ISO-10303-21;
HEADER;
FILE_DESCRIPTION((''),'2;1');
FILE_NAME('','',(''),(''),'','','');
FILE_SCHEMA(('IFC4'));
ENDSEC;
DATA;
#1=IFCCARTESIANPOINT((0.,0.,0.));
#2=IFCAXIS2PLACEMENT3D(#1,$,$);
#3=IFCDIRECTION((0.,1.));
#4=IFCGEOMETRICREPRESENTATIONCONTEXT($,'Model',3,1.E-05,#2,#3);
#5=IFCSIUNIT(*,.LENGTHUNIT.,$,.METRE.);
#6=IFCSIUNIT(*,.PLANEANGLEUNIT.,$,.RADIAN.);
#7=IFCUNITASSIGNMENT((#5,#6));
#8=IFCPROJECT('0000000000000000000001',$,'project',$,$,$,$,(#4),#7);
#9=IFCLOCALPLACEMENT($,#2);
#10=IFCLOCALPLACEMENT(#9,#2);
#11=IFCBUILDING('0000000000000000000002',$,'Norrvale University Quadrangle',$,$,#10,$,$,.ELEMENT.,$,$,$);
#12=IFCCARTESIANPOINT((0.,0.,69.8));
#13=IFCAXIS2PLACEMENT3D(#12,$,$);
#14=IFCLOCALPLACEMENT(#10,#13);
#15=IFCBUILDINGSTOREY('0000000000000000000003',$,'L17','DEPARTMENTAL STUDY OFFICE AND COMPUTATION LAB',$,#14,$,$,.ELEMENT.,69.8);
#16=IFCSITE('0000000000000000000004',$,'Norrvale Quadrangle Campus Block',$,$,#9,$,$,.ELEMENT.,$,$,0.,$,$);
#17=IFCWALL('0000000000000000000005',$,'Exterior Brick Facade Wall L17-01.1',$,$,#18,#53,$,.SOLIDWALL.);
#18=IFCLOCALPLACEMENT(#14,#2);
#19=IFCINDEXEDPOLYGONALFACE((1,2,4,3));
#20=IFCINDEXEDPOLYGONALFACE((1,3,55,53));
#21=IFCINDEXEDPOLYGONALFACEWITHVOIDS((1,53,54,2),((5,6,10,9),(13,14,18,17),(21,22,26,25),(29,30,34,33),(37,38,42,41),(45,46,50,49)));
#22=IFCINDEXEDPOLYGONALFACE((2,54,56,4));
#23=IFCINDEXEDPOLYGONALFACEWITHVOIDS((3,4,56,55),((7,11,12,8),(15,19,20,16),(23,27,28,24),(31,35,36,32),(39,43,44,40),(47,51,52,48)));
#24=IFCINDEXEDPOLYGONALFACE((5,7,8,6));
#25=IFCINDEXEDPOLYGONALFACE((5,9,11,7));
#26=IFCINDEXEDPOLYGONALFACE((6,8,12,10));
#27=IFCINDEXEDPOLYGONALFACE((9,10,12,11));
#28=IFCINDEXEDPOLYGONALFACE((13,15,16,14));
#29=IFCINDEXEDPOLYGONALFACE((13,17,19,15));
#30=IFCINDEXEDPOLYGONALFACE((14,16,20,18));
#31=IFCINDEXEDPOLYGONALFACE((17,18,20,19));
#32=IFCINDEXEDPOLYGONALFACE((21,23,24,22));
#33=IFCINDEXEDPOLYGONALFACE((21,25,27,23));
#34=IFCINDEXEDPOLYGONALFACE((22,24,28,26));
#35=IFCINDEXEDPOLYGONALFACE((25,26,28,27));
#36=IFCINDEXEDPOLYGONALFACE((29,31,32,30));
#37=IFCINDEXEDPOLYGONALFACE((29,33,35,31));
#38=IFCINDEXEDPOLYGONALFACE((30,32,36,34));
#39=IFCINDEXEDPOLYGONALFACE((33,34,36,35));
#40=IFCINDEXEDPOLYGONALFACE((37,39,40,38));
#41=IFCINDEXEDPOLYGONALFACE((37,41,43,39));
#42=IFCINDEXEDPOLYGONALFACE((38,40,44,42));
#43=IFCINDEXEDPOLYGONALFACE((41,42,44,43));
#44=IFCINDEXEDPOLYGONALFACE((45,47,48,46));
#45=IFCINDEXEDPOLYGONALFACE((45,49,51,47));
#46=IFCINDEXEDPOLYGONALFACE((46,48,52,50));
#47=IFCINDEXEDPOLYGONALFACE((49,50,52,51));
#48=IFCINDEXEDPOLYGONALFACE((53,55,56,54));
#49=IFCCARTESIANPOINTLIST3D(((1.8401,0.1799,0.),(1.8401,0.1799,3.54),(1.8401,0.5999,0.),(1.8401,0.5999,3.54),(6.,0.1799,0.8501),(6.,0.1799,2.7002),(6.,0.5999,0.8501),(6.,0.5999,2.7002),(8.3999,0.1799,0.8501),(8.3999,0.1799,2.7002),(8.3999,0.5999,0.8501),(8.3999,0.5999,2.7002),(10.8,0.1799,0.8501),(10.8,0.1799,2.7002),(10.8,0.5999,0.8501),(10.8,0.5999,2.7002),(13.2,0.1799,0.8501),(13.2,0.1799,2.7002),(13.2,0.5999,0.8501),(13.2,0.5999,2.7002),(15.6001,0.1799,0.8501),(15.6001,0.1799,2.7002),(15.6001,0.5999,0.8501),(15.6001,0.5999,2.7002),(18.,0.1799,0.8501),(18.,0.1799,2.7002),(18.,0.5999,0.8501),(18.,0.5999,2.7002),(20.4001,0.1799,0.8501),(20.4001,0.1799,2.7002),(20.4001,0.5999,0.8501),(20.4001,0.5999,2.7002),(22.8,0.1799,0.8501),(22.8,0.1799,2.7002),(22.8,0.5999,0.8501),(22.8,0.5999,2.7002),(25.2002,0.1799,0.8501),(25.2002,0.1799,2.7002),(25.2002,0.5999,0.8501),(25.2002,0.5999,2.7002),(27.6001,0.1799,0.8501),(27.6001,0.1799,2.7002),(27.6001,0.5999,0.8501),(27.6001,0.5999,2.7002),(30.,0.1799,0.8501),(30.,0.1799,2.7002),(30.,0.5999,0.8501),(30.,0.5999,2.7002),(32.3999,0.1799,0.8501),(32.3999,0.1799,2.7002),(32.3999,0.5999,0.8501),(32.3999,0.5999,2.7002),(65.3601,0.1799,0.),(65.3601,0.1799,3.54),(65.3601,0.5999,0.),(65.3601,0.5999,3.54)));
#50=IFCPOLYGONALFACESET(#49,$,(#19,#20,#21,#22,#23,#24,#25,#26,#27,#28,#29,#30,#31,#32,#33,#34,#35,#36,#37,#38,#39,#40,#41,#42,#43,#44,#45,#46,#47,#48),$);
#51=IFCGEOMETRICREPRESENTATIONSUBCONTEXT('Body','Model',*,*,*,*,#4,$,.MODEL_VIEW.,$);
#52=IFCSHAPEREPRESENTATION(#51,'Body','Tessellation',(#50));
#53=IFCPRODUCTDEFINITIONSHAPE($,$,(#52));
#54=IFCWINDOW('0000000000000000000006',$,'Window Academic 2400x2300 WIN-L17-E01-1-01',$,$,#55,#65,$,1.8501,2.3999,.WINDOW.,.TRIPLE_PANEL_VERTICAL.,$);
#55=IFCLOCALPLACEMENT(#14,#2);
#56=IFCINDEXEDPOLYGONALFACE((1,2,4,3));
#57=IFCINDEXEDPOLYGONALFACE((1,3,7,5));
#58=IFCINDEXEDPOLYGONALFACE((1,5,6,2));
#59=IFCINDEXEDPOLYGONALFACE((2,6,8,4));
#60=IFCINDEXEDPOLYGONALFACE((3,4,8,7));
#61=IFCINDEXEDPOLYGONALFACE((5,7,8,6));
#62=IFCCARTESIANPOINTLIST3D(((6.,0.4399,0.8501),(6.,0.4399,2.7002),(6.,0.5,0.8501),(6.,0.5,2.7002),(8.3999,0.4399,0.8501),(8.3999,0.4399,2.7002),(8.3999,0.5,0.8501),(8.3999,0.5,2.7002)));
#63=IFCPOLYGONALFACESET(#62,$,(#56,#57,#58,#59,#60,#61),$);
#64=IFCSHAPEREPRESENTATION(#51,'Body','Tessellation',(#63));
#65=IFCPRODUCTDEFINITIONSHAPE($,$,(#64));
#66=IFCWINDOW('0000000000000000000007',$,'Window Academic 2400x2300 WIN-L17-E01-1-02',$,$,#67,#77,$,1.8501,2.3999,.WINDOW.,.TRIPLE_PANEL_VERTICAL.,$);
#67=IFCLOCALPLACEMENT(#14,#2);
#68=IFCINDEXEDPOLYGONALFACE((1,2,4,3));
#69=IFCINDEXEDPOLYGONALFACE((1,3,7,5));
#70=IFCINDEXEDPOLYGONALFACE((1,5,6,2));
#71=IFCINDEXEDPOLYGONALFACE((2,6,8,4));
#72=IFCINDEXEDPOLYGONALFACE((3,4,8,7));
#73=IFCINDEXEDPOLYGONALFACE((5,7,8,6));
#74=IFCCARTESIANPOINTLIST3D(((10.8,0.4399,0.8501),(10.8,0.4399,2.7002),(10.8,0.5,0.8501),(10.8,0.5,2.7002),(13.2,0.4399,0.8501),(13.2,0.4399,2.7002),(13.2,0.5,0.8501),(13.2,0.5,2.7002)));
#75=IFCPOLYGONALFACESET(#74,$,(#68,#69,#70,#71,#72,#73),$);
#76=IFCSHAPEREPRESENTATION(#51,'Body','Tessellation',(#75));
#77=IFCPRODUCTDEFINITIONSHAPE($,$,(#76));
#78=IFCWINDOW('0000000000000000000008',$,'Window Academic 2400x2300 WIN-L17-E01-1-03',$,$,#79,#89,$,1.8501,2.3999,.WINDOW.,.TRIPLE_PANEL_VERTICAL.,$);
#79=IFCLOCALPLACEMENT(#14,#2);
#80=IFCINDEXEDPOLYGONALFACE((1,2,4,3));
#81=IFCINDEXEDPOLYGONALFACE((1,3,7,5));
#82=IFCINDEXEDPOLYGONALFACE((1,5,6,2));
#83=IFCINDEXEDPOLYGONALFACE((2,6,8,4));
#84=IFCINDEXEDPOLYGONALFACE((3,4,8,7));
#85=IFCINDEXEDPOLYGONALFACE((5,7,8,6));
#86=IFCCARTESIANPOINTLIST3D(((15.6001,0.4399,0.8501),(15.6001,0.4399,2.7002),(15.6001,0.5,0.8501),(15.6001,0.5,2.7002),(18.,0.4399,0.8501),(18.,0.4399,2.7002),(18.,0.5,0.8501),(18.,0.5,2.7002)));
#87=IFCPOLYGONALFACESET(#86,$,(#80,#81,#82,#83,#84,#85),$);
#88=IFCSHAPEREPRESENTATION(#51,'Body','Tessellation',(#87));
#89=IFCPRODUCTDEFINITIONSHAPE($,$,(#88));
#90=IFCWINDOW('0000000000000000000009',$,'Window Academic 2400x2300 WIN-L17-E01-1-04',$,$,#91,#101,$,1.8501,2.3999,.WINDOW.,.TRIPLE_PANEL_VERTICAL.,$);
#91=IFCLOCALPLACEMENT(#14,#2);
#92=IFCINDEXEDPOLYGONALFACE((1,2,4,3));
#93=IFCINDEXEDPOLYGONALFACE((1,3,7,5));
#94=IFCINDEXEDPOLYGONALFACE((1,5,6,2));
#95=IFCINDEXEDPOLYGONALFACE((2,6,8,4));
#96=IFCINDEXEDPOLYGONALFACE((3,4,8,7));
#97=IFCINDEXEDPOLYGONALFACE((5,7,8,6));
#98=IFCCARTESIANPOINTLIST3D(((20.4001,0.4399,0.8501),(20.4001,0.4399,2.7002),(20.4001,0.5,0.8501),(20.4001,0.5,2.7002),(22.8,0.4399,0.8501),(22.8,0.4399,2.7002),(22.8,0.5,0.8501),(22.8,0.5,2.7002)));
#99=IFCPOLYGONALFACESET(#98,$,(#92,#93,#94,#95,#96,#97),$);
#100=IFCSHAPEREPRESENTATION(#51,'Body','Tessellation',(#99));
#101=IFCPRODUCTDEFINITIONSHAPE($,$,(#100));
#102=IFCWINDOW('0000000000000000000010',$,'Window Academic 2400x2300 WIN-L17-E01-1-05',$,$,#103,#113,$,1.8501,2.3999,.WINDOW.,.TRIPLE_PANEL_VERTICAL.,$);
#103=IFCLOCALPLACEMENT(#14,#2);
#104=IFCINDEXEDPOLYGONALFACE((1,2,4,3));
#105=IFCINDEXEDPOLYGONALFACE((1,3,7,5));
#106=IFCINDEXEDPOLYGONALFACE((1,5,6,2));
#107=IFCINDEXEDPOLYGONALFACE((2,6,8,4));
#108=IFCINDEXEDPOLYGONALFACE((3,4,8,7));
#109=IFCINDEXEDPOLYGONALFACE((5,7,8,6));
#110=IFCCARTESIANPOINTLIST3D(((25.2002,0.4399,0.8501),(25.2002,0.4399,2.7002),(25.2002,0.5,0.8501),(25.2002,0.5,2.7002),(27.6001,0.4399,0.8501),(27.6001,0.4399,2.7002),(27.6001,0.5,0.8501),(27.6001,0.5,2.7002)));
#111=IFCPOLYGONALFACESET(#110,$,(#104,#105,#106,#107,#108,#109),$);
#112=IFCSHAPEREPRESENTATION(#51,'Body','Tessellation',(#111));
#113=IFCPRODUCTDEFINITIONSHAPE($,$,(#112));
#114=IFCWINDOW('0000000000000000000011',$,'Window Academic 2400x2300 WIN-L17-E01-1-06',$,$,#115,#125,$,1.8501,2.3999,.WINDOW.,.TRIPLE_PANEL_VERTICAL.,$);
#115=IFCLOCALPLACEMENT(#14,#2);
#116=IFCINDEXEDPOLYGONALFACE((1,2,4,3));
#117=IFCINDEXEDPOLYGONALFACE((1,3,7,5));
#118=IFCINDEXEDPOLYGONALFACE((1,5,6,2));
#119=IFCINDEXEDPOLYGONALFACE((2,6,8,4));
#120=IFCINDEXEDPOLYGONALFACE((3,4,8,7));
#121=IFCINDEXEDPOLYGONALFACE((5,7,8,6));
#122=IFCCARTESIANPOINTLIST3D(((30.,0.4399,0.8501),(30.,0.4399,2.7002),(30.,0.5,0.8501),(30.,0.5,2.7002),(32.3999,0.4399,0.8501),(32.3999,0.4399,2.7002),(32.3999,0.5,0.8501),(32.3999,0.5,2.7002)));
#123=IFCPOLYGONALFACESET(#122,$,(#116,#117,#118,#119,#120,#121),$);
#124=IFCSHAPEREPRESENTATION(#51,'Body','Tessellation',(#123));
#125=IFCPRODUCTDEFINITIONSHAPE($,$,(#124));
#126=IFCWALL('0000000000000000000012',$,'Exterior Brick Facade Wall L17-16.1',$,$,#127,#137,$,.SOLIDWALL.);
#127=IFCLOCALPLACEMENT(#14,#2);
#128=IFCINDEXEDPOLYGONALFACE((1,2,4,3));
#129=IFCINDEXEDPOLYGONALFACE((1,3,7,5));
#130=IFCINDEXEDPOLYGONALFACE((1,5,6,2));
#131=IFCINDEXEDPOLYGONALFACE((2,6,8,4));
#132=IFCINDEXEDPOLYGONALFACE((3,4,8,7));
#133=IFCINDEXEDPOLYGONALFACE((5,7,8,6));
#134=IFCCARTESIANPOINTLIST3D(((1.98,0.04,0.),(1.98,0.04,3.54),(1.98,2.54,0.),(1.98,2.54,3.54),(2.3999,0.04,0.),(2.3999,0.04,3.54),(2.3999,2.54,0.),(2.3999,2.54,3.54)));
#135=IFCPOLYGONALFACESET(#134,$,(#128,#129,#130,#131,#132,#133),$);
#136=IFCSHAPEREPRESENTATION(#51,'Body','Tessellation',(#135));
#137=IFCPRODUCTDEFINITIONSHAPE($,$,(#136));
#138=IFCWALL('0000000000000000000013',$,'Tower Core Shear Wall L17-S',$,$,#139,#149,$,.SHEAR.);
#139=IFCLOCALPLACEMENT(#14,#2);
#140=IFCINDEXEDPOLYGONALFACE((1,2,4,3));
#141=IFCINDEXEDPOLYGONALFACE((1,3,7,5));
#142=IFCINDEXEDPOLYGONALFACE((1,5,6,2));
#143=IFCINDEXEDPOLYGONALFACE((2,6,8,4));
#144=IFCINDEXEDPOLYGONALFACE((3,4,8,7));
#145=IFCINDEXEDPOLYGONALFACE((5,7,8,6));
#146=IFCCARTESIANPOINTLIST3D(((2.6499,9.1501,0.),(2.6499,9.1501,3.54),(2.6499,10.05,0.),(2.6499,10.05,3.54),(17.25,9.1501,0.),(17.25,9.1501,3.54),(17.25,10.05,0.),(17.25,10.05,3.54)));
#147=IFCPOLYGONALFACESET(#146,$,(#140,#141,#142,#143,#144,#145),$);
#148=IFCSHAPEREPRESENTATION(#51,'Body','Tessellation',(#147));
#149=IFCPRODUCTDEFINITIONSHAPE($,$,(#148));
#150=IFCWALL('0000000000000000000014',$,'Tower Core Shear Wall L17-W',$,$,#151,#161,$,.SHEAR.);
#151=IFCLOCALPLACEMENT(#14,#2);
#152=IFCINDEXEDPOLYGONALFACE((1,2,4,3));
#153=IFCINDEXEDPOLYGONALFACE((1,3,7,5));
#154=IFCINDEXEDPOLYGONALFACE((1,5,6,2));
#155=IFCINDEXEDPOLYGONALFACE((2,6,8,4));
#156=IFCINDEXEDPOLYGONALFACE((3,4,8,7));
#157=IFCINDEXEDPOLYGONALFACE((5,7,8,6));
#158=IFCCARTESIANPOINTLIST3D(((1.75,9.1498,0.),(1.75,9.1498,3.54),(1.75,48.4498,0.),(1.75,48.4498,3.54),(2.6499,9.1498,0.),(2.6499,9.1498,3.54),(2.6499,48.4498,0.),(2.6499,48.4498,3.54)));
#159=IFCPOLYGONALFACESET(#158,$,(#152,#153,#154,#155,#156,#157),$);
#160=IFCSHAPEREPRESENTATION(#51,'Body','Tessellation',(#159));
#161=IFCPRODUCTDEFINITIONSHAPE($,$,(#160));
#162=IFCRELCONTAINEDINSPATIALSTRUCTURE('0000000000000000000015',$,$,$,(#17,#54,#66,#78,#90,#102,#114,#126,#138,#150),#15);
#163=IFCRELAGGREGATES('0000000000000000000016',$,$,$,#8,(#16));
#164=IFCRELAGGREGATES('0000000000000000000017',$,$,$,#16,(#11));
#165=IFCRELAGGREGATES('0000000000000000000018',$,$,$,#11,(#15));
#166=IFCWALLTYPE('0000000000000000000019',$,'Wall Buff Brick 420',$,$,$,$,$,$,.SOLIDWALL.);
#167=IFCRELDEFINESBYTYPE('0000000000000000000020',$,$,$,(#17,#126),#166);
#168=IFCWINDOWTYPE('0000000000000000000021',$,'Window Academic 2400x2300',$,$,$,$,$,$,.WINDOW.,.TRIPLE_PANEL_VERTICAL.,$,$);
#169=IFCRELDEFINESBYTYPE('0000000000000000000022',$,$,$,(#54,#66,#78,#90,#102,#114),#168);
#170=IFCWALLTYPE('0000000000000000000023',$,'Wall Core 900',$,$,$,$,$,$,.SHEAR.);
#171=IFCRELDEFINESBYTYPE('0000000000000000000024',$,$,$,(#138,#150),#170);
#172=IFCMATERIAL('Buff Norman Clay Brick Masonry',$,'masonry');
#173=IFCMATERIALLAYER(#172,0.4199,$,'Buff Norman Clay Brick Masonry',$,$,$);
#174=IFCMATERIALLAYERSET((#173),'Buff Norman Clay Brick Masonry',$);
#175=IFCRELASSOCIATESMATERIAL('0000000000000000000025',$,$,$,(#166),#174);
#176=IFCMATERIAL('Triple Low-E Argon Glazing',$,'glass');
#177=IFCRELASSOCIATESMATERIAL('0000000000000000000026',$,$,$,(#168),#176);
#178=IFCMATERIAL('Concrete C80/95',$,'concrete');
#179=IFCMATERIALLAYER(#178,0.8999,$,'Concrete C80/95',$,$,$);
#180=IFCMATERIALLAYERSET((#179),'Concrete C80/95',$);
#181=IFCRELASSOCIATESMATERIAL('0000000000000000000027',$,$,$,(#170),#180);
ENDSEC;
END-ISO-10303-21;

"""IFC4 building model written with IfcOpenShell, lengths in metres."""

from ifc_helpers import new_model, si_unit, direction, frame, frame_2d, origin, place, context, subcontext, project, spatial, rectangle, extrude, material, layer, layer_set, type_object, element, fill, save


model = new_model("IFC4")

# Units and contexts
model_context = context("Model", 3, precision=1e-05, world=origin(), true_north=direction((0.0, 1.0)))
body_context = subcontext(model_context, "Body", "Model", "MODEL_VIEW")
ifc_project = project(units=[si_unit("LENGTHUNIT", "METRE"), si_unit("PLANEANGLEUNIT", "RADIAN")], contexts=[model_context])

# Site, building, storey
site_placement = place(None, origin())
site = spatial("IfcSite", under=ifc_project, at=site_placement, Name="Norrvale Quadrangle Campus Block", CompositionType="ELEMENT", RefElevation=0.0)
building_placement = place(site_placement, origin())
building = spatial("IfcBuilding", under=site, at=building_placement, Name="Norrvale University Quadrangle", CompositionType="ELEMENT")
storey_placement = place(building_placement, frame((0.0, 0.0, 69.8)))
storey = spatial("IfcBuildingStorey", under=building, at=storey_placement, Name="L17", Description="DEPARTMENTAL STUDY OFFICE AND COMPUTATION LAB", CompositionType="ELEMENT", Elevation=69.8)

# Shared definitions
ifc_material_1 = material(Name="Concrete C80/95", Category="concrete")

# Wall, openings, windows
ifc_material_2 = material(Name="Buff Norman Clay Brick Masonry", Category="masonry")
ifc_layer_1 = layer(ifc_material_2, 0.4199, Name="Buff Norman Clay Brick Masonry")
ifc_layer_set_1 = layer_set([ifc_layer_1], Name="Buff Norman Clay Brick Masonry")
wall_type_1 = type_object("IfcWallType", Name="Wall Buff Brick 420", PredefinedType="SOLIDWALL", material=ifc_layer_set_1)
wall_1_placement = place(storey_placement, frame((1.8401, 0.3899, 0.0), z_axis=(0.0, 0.0, 1.0), x_axis=(1.0, 0.0, 0.0)))
wall_1 = element("IfcWall", 1, at=wall_1_placement, inside=storey, type_object=wall_type_1, Name="Exterior Brick Facade Wall L17-01.1", PredefinedType="SOLIDWALL", context=body_context, shape_type="SweptSolid", body=[
    extrude(rectangle(XDim=63.52, YDim=0.4199, at=frame_2d((31.76, 0.0))), origin(), (0.0, 0.0, 1.0), 3.54),
])
opening_1_placement = place(wall_1_placement, frame((4.1599, 0.0, 0.8501)))
opening_1 = element("IfcOpeningElement", 2, at=opening_1_placement, cuts=wall_1, PredefinedType="OPENING", context=body_context, shape_type="SweptSolid", body=[
    extrude(rectangle(XDim=2.3999, YDim=1.8501, at=frame_2d((1.2, 0.925))), frame((0.0, 0.2219, 0.0), z_axis=(0.0, -1.0, 0.0), x_axis=(1.0, 0.0, 0.0)), (0.0, 0.0, 1.0), 0.4438),
])
opening_2_placement = place(wall_1_placement, frame((8.96, 0.0, 0.8501)))
opening_2 = element("IfcOpeningElement", 3, at=opening_2_placement, cuts=wall_1, PredefinedType="OPENING", context=body_context, shape_type="SweptSolid", body=[
    extrude(rectangle(XDim=2.3999, YDim=1.8501, at=frame_2d((1.2, 0.925))), frame((0.0, 0.2219, 0.0), z_axis=(0.0, -1.0, 0.0), x_axis=(1.0, 0.0, 0.0)), (0.0, 0.0, 1.0), 0.4438),
])
opening_3_placement = place(wall_1_placement, frame((13.76, 0.0, 0.8501)))
opening_3 = element("IfcOpeningElement", 4, at=opening_3_placement, cuts=wall_1, PredefinedType="OPENING", context=body_context, shape_type="SweptSolid", body=[
    extrude(rectangle(XDim=2.3999, YDim=1.8501, at=frame_2d((1.2, 0.925))), frame((0.0, 0.2219, 0.0), z_axis=(0.0, -1.0, 0.0), x_axis=(1.0, 0.0, 0.0)), (0.0, 0.0, 1.0), 0.4438),
])
opening_4_placement = place(wall_1_placement, frame((18.5601, 0.0, 0.8501)))
opening_4 = element("IfcOpeningElement", 5, at=opening_4_placement, cuts=wall_1, PredefinedType="OPENING", context=body_context, shape_type="SweptSolid", body=[
    extrude(rectangle(XDim=2.3999, YDim=1.8501, at=frame_2d((1.2, 0.925))), frame((0.0, 0.2219, 0.0), z_axis=(0.0, -1.0, 0.0), x_axis=(1.0, 0.0, 0.0)), (0.0, 0.0, 1.0), 0.4438),
])
opening_5_placement = place(wall_1_placement, frame((23.3601, 0.0, 0.8501)))
opening_5 = element("IfcOpeningElement", 6, at=opening_5_placement, cuts=wall_1, PredefinedType="OPENING", context=body_context, shape_type="SweptSolid", body=[
    extrude(rectangle(XDim=2.3999, YDim=1.8501, at=frame_2d((1.2, 0.925))), frame((0.0, 0.2219, 0.0), z_axis=(0.0, -1.0, 0.0), x_axis=(1.0, 0.0, 0.0)), (0.0, 0.0, 1.0), 0.4438),
])
opening_6_placement = place(wall_1_placement, frame((28.1599, 0.0, 0.8501)))
opening_6 = element("IfcOpeningElement", 7, at=opening_6_placement, cuts=wall_1, PredefinedType="OPENING", context=body_context, shape_type="SweptSolid", body=[
    extrude(rectangle(XDim=2.3999, YDim=1.8501, at=frame_2d((1.2, 0.925))), frame((0.0, 0.2219, 0.0), z_axis=(0.0, -1.0, 0.0), x_axis=(1.0, 0.0, 0.0)), (0.0, 0.0, 1.0), 0.4438),
])
ifc_material_3 = material(Name="Triple Low-E Argon Glazing", Category="glass")
window_type = type_object("IfcWindowType", Name="Window Academic 2400x2300", PartitioningType="TRIPLE_PANEL_VERTICAL", PredefinedType="WINDOW", material=ifc_material_3)
window_1_placement = place(opening_1_placement, origin())
window_1 = element("IfcWindow", 8, at=window_1_placement, inside=storey, type_object=window_type, Name="Window Academic 2400x2300 WIN-L17-E01-1-01", OverallHeight=1.8501, OverallWidth=2.3999, PartitioningType="TRIPLE_PANEL_VERTICAL", PredefinedType="WINDOW", context=body_context, shape_type="SweptSolid", body=[
    extrude(rectangle(XDim=2.3999, YDim=1.8501, at=frame_2d((1.2, 0.925))), frame((0.0, 0.1101, 0.0), z_axis=(0.0, -1.0, 0.0), x_axis=(1.0, 0.0, 0.0)), (0.0, 0.0, 1.0), 0.0601),
])
fill(opening_1, window_1)
window_2_placement = place(opening_2_placement, origin())
window_2 = element("IfcWindow", 9, at=window_2_placement, inside=storey, type_object=window_type, Name="Window Academic 2400x2300 WIN-L17-E01-1-02", OverallHeight=1.8501, OverallWidth=2.3999, PartitioningType="TRIPLE_PANEL_VERTICAL", PredefinedType="WINDOW", context=body_context, shape_type="SweptSolid", body=[
    extrude(rectangle(XDim=2.3999, YDim=1.8501, at=frame_2d((1.2, 0.925))), frame((0.0, 0.1101, 0.0), z_axis=(0.0, -1.0, 0.0), x_axis=(1.0, 0.0, 0.0)), (0.0, 0.0, 1.0), 0.0601),
])
fill(opening_2, window_2)
window_3_placement = place(opening_3_placement, origin())
window_3 = element("IfcWindow", 10, at=window_3_placement, inside=storey, type_object=window_type, Name="Window Academic 2400x2300 WIN-L17-E01-1-03", OverallHeight=1.8501, OverallWidth=2.3999, PartitioningType="TRIPLE_PANEL_VERTICAL", PredefinedType="WINDOW", context=body_context, shape_type="SweptSolid", body=[
    extrude(rectangle(XDim=2.3999, YDim=1.8501, at=frame_2d((1.2, 0.925))), frame((0.0, 0.1101, 0.0), z_axis=(0.0, -1.0, 0.0), x_axis=(1.0, 0.0, 0.0)), (0.0, 0.0, 1.0), 0.0601),
])
fill(opening_3, window_3)
window_4_placement = place(opening_4_placement, origin())
window_4 = element("IfcWindow", 11, at=window_4_placement, inside=storey, type_object=window_type, Name="Window Academic 2400x2300 WIN-L17-E01-1-04", OverallHeight=1.8501, OverallWidth=2.3999, PartitioningType="TRIPLE_PANEL_VERTICAL", PredefinedType="WINDOW", context=body_context, shape_type="SweptSolid", body=[
    extrude(rectangle(XDim=2.3999, YDim=1.8501, at=frame_2d((1.2, 0.925))), frame((0.0, 0.1101, 0.0), z_axis=(0.0, -1.0, 0.0), x_axis=(1.0, 0.0, 0.0)), (0.0, 0.0, 1.0), 0.0601),
])
fill(opening_4, window_4)
window_5_placement = place(opening_5_placement, origin())
window_5 = element("IfcWindow", 12, at=window_5_placement, inside=storey, type_object=window_type, Name="Window Academic 2400x2300 WIN-L17-E01-1-05", OverallHeight=1.8501, OverallWidth=2.3999, PartitioningType="TRIPLE_PANEL_VERTICAL", PredefinedType="WINDOW", context=body_context, shape_type="SweptSolid", body=[
    extrude(rectangle(XDim=2.3999, YDim=1.8501, at=frame_2d((1.2, 0.925))), frame((0.0, 0.1101, 0.0), z_axis=(0.0, -1.0, 0.0), x_axis=(1.0, 0.0, 0.0)), (0.0, 0.0, 1.0), 0.0601),
])
fill(opening_5, window_5)
window_6_placement = place(opening_6_placement, origin())
window_6 = element("IfcWindow", 13, at=window_6_placement, inside=storey, type_object=window_type, Name="Window Academic 2400x2300 WIN-L17-E01-1-06", OverallHeight=1.8501, OverallWidth=2.3999, PartitioningType="TRIPLE_PANEL_VERTICAL", PredefinedType="WINDOW", context=body_context, shape_type="SweptSolid", body=[
    extrude(rectangle(XDim=2.3999, YDim=1.8501, at=frame_2d((1.2, 0.925))), frame((0.0, 0.1101, 0.0), z_axis=(0.0, -1.0, 0.0), x_axis=(1.0, 0.0, 0.0)), (0.0, 0.0, 1.0), 0.0601),
])
fill(opening_6, window_6)

# Walls
wall_2_placement = place(storey_placement, frame((2.1899, 2.54, 0.0), z_axis=(0.0, 0.0, 1.0), x_axis=(0.0, -1.0, 0.0)))
element("IfcWall", 14, at=wall_2_placement, inside=storey, type_object=wall_type_1, Name="Exterior Brick Facade Wall L17-16.1", PredefinedType="SOLIDWALL", context=body_context, shape_type="SweptSolid", body=[
    extrude(rectangle(XDim=2.5, YDim=0.4199, at=frame_2d((1.25, 0.0))), origin(), (0.0, 0.0, 1.0), 3.54),
])
ifc_layer_2 = layer(ifc_material_1, 0.8999, Name="Concrete C80/95")
ifc_layer_set_2 = layer_set([ifc_layer_2], Name="Concrete C80/95")
wall_type_2 = type_object("IfcWallType", Name="Wall Core 900", PredefinedType="SHEAR", material=ifc_layer_set_2)
wall_3_placement = place(storey_placement, frame((2.6499, 9.6001, 0.0), z_axis=(0.0, 0.0, 1.0), x_axis=(1.0, 0.0, 0.0)))
element("IfcWall", 15, at=wall_3_placement, inside=storey, type_object=wall_type_2, Name="Tower Core Shear Wall L17-S", PredefinedType="SHEAR", context=body_context, shape_type="SweptSolid", body=[
    extrude(rectangle(XDim=14.6001, YDim=0.8999, at=frame_2d((7.3, 0.0))), origin(), (0.0, 0.0, 1.0), 3.54),
])
wall_4_placement = place(storey_placement, frame((2.2, 9.1499, 0.0), z_axis=(0.0, 0.0, 1.0), x_axis=(0.0, 1.0, 0.0)))
element("IfcWall", 16, at=wall_4_placement, inside=storey, type_object=wall_type_2, Name="Tower Core Shear Wall L17-W", PredefinedType="SHEAR", context=body_context, shape_type="SweptSolid", body=[
    extrude(rectangle(XDim=39.3, YDim=0.8999, at=frame_2d((19.6499, 0.0))), origin(), (0.0, 0.0, 1.0), 3.54),
])

save(model, "model.ifc")
